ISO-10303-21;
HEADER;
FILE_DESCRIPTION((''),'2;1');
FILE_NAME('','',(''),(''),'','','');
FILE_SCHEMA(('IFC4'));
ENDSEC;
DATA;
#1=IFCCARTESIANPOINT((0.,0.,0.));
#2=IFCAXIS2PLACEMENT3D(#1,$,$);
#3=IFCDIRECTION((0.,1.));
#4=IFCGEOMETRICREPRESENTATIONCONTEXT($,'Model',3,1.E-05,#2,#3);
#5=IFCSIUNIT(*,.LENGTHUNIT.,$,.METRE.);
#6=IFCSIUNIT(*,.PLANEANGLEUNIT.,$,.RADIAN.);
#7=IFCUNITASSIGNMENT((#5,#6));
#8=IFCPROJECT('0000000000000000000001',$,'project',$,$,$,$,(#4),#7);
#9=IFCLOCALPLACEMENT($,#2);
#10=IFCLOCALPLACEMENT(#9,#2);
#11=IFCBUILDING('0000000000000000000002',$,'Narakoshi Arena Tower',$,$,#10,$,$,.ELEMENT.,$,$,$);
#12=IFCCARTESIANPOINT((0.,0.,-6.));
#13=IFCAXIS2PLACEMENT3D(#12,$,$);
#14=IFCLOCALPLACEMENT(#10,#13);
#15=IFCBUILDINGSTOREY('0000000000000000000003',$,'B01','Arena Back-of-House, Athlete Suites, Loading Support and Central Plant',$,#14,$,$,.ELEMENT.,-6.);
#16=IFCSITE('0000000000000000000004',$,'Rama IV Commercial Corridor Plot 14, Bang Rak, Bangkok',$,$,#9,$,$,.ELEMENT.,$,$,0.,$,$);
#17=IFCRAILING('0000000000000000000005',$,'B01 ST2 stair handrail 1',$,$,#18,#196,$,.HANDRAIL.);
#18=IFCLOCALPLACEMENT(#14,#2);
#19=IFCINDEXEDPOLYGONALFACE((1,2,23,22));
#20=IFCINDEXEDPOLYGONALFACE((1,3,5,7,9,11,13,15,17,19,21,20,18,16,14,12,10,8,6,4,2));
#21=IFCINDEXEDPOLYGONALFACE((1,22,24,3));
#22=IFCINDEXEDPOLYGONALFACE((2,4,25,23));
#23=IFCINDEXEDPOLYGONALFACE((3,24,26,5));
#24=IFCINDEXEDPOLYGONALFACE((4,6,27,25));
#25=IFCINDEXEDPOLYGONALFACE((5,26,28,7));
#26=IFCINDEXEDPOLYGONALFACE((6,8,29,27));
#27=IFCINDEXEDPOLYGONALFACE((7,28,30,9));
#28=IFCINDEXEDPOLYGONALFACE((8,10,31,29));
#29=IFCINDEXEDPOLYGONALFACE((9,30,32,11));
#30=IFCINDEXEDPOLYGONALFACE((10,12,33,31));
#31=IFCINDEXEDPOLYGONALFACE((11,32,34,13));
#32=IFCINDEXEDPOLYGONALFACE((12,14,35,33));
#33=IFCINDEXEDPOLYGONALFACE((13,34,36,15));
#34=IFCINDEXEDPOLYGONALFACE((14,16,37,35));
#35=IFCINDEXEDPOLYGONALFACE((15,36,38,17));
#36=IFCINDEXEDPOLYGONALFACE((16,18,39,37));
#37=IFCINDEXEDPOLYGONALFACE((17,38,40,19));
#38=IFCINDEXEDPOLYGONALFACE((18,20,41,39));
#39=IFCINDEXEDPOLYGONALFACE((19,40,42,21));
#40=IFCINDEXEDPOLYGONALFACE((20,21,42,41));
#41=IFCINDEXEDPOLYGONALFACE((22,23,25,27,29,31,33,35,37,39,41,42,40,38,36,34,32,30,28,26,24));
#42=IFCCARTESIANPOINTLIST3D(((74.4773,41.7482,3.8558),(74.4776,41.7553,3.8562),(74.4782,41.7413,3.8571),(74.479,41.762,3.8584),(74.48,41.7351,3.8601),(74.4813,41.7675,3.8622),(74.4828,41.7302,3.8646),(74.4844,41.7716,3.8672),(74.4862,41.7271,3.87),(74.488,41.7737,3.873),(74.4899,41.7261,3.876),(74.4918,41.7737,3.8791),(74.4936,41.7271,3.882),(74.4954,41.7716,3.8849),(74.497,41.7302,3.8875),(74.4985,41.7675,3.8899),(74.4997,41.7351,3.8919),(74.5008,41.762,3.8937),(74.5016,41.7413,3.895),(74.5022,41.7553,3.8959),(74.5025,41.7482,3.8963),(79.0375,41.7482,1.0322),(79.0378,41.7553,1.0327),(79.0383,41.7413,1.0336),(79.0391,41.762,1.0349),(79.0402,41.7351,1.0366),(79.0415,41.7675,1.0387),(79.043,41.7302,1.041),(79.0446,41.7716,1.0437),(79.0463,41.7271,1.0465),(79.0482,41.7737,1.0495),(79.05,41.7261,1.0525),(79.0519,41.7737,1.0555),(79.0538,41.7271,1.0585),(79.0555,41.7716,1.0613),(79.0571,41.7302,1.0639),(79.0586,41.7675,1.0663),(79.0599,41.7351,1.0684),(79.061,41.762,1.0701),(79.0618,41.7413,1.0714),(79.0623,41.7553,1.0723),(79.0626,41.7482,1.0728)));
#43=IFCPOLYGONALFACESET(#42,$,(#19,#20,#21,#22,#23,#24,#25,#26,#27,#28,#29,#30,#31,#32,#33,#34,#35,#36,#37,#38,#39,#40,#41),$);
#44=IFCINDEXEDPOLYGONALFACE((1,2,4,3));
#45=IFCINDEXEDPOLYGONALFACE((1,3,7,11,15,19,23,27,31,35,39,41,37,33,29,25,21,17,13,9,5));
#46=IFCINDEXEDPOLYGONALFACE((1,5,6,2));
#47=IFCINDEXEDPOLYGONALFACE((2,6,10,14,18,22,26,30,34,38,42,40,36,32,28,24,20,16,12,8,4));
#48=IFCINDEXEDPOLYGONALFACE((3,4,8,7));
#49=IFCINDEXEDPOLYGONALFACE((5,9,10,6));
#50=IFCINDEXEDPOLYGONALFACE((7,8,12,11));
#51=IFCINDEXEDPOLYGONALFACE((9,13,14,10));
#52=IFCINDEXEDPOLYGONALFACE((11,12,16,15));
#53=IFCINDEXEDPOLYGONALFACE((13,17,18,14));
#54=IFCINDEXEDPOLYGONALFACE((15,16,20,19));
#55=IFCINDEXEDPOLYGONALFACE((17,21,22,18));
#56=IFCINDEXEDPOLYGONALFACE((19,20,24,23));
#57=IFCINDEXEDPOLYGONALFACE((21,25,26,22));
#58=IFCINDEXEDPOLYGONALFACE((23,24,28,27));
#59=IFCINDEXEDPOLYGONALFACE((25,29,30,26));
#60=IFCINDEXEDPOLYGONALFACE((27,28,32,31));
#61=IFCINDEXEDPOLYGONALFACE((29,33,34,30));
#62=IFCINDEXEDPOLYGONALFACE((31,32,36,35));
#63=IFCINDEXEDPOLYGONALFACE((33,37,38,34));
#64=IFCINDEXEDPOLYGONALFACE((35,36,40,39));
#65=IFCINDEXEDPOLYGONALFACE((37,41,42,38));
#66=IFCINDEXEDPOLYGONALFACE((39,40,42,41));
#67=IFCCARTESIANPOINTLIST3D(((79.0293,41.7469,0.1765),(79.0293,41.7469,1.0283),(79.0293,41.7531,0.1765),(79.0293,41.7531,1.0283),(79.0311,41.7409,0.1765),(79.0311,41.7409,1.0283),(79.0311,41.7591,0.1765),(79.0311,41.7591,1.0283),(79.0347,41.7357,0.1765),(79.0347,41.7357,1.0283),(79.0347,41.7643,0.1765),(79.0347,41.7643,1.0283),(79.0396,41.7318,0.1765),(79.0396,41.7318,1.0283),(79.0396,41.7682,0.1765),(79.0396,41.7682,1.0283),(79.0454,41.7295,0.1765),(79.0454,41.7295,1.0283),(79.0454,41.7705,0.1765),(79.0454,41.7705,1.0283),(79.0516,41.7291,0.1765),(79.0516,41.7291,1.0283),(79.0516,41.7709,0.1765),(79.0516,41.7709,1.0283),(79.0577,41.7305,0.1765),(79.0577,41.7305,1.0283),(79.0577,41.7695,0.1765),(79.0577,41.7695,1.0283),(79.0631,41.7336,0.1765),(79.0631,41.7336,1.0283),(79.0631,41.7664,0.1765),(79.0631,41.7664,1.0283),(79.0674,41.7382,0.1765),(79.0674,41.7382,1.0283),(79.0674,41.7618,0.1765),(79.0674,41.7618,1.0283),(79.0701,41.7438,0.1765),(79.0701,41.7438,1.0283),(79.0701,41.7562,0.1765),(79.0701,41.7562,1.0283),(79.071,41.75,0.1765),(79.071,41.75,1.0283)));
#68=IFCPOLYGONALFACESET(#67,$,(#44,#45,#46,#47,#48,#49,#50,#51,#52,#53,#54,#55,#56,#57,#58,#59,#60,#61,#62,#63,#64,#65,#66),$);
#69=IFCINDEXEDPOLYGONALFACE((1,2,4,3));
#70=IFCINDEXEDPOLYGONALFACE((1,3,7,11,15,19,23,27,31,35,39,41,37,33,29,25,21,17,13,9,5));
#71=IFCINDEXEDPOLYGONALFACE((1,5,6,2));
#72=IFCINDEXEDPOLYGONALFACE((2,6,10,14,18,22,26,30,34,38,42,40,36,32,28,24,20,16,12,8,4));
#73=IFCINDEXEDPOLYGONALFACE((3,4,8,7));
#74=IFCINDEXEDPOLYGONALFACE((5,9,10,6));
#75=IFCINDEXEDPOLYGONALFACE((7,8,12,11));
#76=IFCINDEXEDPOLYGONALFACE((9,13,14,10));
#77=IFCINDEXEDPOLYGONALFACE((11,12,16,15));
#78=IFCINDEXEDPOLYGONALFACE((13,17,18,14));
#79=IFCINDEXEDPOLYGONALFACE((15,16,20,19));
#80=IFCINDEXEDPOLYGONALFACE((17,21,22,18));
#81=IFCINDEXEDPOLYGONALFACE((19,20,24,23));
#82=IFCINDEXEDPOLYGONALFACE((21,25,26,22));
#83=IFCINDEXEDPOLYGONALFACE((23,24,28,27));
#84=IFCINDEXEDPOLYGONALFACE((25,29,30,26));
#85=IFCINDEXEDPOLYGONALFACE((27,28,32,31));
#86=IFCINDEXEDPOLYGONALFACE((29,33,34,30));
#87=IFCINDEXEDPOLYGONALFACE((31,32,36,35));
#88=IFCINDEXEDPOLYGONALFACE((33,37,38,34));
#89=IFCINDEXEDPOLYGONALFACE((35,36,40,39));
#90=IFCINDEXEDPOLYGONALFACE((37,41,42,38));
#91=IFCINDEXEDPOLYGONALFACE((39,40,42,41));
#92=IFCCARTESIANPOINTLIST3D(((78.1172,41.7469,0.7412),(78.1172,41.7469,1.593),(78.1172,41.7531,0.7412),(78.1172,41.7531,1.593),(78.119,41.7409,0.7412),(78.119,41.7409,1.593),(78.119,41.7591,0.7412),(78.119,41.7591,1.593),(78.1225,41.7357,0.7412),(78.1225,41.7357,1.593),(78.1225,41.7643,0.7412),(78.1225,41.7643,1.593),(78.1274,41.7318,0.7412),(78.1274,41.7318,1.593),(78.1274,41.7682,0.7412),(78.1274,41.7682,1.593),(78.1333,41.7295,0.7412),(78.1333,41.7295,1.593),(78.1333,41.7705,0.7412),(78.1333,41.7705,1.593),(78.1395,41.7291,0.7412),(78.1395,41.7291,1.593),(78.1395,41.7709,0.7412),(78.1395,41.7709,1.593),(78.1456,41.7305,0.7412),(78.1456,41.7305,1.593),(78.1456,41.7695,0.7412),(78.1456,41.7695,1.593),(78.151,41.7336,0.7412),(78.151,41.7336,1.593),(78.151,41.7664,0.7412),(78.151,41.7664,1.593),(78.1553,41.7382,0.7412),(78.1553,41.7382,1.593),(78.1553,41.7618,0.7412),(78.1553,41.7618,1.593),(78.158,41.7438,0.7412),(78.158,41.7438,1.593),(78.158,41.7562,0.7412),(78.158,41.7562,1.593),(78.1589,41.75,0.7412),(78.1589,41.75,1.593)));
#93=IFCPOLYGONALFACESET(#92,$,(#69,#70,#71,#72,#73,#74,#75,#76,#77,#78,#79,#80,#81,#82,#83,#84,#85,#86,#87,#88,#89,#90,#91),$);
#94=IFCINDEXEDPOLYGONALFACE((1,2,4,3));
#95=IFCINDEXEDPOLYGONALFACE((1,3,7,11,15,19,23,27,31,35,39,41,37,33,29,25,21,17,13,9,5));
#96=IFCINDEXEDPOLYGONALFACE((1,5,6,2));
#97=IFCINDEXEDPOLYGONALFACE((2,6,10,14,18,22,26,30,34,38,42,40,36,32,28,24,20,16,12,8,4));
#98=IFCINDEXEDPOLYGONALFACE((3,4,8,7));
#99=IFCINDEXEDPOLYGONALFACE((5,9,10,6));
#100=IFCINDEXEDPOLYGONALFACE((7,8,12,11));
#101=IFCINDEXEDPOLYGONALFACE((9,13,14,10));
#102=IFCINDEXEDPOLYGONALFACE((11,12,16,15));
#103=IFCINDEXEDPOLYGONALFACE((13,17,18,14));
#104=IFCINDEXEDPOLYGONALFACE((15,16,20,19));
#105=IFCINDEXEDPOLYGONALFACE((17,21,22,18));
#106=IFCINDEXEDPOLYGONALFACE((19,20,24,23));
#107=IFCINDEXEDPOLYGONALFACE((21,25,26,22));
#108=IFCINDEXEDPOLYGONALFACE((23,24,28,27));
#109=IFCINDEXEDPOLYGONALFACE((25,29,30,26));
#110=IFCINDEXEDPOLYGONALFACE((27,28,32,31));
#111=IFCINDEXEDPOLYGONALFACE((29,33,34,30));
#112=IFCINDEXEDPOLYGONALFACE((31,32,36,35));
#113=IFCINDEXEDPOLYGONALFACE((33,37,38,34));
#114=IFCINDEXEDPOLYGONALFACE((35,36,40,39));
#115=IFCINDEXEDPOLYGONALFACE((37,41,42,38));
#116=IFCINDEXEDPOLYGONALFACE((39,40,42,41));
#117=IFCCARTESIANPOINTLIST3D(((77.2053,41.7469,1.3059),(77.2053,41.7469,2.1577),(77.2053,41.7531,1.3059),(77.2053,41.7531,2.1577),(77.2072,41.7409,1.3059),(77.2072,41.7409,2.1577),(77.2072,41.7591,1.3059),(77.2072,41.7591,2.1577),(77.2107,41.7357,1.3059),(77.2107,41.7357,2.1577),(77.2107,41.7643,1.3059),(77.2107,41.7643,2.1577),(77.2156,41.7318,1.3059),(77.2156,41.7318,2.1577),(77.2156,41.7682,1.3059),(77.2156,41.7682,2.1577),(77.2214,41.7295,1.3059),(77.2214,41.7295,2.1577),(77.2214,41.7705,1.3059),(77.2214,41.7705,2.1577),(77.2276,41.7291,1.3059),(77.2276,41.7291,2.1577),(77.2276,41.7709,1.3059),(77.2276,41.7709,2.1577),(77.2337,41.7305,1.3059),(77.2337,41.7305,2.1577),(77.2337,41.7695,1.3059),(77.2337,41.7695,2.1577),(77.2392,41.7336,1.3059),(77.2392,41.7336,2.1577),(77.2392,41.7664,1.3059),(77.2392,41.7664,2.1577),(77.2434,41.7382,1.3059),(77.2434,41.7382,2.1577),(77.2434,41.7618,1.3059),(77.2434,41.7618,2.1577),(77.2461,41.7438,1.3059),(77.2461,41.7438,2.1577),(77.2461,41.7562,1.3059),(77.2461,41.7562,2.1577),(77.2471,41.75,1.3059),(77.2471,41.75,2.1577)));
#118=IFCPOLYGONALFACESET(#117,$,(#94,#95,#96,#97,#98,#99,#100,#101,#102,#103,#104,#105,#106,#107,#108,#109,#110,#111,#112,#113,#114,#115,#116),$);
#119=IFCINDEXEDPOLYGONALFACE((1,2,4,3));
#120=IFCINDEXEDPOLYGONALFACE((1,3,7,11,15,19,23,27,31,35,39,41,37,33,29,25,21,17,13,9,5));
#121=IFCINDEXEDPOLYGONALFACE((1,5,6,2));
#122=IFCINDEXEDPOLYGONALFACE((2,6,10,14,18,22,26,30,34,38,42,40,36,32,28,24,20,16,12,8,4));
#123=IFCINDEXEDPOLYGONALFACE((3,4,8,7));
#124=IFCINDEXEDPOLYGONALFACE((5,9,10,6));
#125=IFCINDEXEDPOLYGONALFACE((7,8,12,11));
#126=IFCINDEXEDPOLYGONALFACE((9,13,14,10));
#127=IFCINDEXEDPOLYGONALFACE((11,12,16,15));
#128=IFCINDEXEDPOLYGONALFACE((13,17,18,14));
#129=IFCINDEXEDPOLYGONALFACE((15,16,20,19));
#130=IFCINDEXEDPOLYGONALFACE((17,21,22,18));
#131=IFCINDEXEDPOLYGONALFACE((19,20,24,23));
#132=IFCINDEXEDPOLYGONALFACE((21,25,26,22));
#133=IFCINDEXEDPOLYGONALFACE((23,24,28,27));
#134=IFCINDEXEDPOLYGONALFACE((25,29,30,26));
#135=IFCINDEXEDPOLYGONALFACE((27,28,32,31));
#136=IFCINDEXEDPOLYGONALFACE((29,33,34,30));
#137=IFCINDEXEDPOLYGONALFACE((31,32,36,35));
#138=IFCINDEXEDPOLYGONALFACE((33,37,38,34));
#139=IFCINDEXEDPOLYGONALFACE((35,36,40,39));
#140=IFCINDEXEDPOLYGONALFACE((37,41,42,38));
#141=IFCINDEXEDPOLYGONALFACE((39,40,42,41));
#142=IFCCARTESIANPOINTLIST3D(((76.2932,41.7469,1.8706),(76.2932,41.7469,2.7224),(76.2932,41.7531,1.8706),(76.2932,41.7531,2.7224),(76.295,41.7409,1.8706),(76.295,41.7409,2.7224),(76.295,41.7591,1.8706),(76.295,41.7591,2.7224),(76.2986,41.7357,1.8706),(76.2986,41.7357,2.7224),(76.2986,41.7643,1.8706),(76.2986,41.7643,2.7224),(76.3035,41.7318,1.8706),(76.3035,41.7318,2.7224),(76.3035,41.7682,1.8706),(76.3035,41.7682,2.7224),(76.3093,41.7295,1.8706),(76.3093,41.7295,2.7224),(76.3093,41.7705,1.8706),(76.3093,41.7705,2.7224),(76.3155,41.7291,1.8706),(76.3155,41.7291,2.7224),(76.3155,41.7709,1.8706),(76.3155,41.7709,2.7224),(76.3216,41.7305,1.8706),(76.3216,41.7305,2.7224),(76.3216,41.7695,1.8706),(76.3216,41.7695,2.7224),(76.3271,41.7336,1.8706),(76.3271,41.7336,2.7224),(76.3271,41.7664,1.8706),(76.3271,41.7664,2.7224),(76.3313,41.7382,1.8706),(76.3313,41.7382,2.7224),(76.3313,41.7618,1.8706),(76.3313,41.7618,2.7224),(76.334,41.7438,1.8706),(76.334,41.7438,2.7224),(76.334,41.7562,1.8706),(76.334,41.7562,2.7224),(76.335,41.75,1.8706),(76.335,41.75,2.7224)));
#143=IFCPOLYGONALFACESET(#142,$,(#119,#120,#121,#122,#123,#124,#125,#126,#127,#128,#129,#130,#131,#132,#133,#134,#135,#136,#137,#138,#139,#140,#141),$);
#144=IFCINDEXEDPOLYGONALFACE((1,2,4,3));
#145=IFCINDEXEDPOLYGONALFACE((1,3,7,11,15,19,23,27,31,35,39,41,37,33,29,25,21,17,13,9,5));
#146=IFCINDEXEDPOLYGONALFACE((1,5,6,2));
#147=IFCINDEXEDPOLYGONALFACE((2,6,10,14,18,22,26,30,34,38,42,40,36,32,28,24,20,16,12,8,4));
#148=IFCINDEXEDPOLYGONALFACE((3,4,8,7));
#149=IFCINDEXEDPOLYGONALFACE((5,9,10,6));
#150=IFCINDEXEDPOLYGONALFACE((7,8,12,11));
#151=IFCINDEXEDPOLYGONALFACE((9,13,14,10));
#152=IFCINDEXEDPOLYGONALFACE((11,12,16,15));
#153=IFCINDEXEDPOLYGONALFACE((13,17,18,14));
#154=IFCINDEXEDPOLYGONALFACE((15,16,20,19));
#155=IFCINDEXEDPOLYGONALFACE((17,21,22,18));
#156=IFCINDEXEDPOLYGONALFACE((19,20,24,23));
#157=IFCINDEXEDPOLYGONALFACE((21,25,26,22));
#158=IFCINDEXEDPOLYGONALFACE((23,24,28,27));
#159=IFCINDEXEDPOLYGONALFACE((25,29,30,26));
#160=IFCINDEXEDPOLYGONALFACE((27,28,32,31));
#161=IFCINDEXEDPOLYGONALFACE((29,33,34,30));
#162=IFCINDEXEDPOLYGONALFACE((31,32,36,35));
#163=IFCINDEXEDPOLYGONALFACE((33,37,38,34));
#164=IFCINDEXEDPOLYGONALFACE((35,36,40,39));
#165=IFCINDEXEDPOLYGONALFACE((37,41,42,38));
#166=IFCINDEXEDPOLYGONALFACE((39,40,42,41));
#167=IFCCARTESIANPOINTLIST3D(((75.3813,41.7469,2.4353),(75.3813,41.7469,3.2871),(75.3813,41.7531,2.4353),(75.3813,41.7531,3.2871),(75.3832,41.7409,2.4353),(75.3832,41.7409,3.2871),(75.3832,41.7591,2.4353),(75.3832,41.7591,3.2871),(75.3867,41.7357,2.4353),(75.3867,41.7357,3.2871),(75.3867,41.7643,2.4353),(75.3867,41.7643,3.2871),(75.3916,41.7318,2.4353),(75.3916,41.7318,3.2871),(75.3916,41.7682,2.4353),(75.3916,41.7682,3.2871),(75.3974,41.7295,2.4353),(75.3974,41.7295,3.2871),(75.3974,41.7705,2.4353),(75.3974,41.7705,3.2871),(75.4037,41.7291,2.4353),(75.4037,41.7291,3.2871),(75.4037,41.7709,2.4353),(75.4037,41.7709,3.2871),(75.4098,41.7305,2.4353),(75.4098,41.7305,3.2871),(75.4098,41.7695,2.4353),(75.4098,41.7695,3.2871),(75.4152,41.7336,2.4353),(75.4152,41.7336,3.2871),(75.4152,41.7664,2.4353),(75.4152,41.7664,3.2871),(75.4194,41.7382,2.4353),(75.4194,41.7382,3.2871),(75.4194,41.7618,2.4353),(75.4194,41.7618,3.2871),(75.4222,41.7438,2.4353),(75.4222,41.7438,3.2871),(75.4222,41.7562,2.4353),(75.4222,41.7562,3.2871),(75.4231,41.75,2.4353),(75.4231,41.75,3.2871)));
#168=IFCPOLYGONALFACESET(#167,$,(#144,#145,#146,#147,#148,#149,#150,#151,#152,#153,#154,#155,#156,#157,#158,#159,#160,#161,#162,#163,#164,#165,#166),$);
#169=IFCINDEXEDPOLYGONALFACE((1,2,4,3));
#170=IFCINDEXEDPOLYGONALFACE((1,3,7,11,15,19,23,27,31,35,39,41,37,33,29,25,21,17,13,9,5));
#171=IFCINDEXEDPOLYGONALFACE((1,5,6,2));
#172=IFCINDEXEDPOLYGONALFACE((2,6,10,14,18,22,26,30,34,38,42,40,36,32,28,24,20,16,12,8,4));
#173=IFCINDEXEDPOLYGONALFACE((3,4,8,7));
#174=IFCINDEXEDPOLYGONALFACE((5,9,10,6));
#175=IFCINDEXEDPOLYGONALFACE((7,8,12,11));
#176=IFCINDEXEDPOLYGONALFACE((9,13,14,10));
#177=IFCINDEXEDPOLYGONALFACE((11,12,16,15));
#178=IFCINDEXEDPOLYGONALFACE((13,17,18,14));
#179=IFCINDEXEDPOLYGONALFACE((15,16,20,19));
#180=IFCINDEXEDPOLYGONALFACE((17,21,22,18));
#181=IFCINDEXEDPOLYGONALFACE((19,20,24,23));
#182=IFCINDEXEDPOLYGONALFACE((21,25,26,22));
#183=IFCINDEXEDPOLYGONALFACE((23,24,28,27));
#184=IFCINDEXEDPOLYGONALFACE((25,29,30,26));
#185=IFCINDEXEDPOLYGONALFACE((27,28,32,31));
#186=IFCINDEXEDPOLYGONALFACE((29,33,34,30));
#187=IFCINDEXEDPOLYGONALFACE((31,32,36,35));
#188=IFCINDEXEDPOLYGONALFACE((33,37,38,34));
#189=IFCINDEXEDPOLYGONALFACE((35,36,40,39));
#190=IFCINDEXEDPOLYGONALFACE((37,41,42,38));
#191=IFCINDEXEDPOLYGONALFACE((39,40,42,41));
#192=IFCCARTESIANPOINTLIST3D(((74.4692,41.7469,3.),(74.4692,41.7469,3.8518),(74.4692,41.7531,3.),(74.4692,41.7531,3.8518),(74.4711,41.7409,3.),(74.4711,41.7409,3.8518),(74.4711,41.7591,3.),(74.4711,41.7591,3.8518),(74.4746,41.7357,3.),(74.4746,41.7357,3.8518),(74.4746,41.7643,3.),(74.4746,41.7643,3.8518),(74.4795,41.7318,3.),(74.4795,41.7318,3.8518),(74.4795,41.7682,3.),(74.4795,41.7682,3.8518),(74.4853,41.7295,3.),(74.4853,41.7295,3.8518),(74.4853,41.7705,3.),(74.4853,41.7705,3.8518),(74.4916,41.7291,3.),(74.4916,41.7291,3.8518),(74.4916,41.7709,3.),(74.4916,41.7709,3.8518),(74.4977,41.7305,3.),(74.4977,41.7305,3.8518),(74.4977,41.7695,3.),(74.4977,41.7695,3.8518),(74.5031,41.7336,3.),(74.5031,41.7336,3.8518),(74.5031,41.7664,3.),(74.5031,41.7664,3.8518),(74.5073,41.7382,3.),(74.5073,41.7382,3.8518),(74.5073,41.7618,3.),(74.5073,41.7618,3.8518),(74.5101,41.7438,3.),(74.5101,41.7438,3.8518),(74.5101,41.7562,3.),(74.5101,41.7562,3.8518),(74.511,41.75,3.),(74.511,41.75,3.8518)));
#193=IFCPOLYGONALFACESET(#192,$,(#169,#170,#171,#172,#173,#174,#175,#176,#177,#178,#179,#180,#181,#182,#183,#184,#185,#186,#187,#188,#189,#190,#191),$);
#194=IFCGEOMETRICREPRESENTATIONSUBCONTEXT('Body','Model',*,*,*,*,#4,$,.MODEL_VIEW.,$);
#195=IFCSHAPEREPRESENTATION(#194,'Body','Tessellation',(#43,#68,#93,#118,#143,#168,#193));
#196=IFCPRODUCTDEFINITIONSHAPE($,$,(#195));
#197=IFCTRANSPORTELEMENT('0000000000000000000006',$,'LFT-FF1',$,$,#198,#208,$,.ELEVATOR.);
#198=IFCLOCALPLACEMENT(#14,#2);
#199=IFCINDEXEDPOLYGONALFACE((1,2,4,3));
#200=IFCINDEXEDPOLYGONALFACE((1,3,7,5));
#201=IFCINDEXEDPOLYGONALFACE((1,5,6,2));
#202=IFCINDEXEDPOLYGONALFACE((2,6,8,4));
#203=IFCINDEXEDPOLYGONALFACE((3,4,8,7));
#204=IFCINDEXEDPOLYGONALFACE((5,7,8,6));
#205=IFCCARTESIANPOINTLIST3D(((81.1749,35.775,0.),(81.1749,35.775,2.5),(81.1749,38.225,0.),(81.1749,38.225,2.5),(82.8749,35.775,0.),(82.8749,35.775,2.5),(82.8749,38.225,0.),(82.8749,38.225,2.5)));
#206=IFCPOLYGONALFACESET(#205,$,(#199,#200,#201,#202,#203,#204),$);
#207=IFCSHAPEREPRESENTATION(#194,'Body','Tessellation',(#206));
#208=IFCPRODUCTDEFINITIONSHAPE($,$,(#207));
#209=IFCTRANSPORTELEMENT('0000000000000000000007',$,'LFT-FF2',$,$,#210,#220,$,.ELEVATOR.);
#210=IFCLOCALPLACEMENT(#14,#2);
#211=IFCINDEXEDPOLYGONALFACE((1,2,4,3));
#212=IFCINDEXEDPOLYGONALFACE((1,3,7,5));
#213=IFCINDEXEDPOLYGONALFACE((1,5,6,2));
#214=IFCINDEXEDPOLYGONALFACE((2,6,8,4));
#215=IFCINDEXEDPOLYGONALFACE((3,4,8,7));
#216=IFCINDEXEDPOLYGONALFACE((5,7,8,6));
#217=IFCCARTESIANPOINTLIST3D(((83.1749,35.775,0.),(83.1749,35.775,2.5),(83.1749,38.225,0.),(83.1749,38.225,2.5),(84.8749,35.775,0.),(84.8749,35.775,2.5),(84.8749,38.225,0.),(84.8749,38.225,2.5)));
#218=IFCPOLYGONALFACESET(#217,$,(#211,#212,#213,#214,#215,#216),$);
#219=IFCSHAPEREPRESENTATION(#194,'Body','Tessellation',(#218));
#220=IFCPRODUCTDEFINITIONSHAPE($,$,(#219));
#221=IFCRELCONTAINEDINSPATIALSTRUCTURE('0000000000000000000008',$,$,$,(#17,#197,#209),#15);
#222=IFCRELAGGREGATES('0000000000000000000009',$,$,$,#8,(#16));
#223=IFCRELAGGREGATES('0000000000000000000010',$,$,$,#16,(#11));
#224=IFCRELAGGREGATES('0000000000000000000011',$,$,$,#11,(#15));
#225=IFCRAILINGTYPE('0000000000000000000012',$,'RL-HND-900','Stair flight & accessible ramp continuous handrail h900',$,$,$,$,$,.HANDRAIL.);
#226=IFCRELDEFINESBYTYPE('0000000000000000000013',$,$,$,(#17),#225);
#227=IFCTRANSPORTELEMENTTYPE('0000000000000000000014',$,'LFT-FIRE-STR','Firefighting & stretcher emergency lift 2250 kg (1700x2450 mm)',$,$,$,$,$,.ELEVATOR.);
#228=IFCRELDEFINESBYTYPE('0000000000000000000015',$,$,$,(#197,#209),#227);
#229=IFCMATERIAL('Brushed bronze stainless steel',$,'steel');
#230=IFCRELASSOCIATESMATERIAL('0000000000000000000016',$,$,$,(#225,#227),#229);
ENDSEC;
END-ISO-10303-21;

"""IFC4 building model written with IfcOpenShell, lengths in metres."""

from ifc_helpers import new_model, si_unit, direction, frame, origin, origin_2d, place, context, subcontext, project, spatial, rectangle, circle, extrude, material, type_object, element, save


model = new_model("IFC4")

# Units and contexts
model_context = context("Model", 3, precision=1e-05, world=origin(), true_north=direction((0.0, 1.0)))
body_context = subcontext(model_context, "Body", "Model", "MODEL_VIEW")
ifc_project = project(units=[si_unit("LENGTHUNIT", "METRE"), si_unit("PLANEANGLEUNIT", "RADIAN")], contexts=[model_context])

# Site, building, storey
site_placement = place(None, origin())
site = spatial("IfcSite", under=ifc_project, at=site_placement, Name="Rama IV Commercial Corridor Plot 14, Bang Rak, Bangkok", CompositionType="ELEMENT", RefElevation=0.0)
building_placement = place(site_placement, origin())
building = spatial("IfcBuilding", under=site, at=building_placement, Name="Narakoshi Arena Tower", CompositionType="ELEMENT")
storey_placement = place(building_placement, frame((0.0, 0.0, -6.0)))
storey = spatial("IfcBuildingStorey", under=building, at=storey_placement, Name="B01", Description="Arena Back-of-House, Athlete Suites, Loading Support and Central Plant", CompositionType="ELEMENT", Elevation=-6.0)

# Shared definitions
ifc_material_1 = material(Name="Brushed bronze stainless steel", Category="steel")

# Railing
railing_type_1 = type_object("IfcRailingType", Name="RL-HND-900", Description="Stair flight & accessible ramp continuous handrail h900", PredefinedType="HANDRAIL", material=ifc_material_1)
railing_1_placement = place(storey_placement, frame((79.05, 41.75, 0.1765)))
element("IfcRailing", 1, at=railing_1_placement, inside=storey, type_object=railing_type_1, Name="B01 ST2 stair handrail 1", PredefinedType="HANDRAIL", context=body_context, shape_type="SweptSolid", body=[
    extrude(circle(Radius=0.0239, at=origin_2d()), frame((0.0, 0.0, 0.876), z_axis=(-0.850216, 0.0, 0.526435), x_axis=(0.0, -1.0, 0.0)), (0.0, 0.0, 1.0), 5.3635),
    extrude(circle(Radius=0.021, at=origin_2d()), origin(), (0.0, 0.0, 1.0), 0.8518),
    extrude(circle(Radius=0.021, at=origin_2d()), frame((-0.9121, 0.0, 0.5647)), (0.0, 0.0, 1.0), 0.8518),
    extrude(circle(Radius=0.021, at=origin_2d()), frame((-1.824, 0.0, 1.1294)), (0.0, 0.0, 1.0), 0.8518),
    extrude(circle(Radius=0.021, at=origin_2d()), frame((-2.7361, 0.0, 1.6941)), (0.0, 0.0, 1.0), 0.8518),
    extrude(circle(Radius=0.021, at=origin_2d()), frame((-3.6479, 0.0, 2.2588)), (0.0, 0.0, 1.0), 0.8518),
    extrude(circle(Radius=0.021, at=origin_2d()), frame((-4.5601, 0.0, 2.8235)), (0.0, 0.0, 1.0), 0.8518),
])

# Transport elements
transport_element_type = type_object("IfcTransportElementType", Name="LFT-FIRE-STR", Description="Firefighting & stretcher emergency lift 2250 kg (1700x2450 mm)", PredefinedType="ELEVATOR", material=ifc_material_1)
for number, where, z_axis, x_axis, name in (
    (2, (82.0249, 37.0, 0.0), (0.0, 0.0, 1.0), (1.0, 0.0, 0.0), "LFT-FF1"),
    (3, (84.0249, 37.0, 0.0), (0.0, 0.0, 1.0), (1.0, 0.0, 0.0), "LFT-FF2"),
):
    element("IfcTransportElement", number, at=place(storey_placement, frame(where, z_axis=z_axis, x_axis=x_axis)), inside=storey, type_object=transport_element_type, Name=name, PredefinedType="ELEVATOR", context=body_context, shape_type="SweptSolid", body=[
        extrude(rectangle(XDim=1.7, YDim=2.45, at=origin_2d()), origin(), (0.0, 0.0, 1.0), 2.5),
    ])

save(model, "model.ifc")
